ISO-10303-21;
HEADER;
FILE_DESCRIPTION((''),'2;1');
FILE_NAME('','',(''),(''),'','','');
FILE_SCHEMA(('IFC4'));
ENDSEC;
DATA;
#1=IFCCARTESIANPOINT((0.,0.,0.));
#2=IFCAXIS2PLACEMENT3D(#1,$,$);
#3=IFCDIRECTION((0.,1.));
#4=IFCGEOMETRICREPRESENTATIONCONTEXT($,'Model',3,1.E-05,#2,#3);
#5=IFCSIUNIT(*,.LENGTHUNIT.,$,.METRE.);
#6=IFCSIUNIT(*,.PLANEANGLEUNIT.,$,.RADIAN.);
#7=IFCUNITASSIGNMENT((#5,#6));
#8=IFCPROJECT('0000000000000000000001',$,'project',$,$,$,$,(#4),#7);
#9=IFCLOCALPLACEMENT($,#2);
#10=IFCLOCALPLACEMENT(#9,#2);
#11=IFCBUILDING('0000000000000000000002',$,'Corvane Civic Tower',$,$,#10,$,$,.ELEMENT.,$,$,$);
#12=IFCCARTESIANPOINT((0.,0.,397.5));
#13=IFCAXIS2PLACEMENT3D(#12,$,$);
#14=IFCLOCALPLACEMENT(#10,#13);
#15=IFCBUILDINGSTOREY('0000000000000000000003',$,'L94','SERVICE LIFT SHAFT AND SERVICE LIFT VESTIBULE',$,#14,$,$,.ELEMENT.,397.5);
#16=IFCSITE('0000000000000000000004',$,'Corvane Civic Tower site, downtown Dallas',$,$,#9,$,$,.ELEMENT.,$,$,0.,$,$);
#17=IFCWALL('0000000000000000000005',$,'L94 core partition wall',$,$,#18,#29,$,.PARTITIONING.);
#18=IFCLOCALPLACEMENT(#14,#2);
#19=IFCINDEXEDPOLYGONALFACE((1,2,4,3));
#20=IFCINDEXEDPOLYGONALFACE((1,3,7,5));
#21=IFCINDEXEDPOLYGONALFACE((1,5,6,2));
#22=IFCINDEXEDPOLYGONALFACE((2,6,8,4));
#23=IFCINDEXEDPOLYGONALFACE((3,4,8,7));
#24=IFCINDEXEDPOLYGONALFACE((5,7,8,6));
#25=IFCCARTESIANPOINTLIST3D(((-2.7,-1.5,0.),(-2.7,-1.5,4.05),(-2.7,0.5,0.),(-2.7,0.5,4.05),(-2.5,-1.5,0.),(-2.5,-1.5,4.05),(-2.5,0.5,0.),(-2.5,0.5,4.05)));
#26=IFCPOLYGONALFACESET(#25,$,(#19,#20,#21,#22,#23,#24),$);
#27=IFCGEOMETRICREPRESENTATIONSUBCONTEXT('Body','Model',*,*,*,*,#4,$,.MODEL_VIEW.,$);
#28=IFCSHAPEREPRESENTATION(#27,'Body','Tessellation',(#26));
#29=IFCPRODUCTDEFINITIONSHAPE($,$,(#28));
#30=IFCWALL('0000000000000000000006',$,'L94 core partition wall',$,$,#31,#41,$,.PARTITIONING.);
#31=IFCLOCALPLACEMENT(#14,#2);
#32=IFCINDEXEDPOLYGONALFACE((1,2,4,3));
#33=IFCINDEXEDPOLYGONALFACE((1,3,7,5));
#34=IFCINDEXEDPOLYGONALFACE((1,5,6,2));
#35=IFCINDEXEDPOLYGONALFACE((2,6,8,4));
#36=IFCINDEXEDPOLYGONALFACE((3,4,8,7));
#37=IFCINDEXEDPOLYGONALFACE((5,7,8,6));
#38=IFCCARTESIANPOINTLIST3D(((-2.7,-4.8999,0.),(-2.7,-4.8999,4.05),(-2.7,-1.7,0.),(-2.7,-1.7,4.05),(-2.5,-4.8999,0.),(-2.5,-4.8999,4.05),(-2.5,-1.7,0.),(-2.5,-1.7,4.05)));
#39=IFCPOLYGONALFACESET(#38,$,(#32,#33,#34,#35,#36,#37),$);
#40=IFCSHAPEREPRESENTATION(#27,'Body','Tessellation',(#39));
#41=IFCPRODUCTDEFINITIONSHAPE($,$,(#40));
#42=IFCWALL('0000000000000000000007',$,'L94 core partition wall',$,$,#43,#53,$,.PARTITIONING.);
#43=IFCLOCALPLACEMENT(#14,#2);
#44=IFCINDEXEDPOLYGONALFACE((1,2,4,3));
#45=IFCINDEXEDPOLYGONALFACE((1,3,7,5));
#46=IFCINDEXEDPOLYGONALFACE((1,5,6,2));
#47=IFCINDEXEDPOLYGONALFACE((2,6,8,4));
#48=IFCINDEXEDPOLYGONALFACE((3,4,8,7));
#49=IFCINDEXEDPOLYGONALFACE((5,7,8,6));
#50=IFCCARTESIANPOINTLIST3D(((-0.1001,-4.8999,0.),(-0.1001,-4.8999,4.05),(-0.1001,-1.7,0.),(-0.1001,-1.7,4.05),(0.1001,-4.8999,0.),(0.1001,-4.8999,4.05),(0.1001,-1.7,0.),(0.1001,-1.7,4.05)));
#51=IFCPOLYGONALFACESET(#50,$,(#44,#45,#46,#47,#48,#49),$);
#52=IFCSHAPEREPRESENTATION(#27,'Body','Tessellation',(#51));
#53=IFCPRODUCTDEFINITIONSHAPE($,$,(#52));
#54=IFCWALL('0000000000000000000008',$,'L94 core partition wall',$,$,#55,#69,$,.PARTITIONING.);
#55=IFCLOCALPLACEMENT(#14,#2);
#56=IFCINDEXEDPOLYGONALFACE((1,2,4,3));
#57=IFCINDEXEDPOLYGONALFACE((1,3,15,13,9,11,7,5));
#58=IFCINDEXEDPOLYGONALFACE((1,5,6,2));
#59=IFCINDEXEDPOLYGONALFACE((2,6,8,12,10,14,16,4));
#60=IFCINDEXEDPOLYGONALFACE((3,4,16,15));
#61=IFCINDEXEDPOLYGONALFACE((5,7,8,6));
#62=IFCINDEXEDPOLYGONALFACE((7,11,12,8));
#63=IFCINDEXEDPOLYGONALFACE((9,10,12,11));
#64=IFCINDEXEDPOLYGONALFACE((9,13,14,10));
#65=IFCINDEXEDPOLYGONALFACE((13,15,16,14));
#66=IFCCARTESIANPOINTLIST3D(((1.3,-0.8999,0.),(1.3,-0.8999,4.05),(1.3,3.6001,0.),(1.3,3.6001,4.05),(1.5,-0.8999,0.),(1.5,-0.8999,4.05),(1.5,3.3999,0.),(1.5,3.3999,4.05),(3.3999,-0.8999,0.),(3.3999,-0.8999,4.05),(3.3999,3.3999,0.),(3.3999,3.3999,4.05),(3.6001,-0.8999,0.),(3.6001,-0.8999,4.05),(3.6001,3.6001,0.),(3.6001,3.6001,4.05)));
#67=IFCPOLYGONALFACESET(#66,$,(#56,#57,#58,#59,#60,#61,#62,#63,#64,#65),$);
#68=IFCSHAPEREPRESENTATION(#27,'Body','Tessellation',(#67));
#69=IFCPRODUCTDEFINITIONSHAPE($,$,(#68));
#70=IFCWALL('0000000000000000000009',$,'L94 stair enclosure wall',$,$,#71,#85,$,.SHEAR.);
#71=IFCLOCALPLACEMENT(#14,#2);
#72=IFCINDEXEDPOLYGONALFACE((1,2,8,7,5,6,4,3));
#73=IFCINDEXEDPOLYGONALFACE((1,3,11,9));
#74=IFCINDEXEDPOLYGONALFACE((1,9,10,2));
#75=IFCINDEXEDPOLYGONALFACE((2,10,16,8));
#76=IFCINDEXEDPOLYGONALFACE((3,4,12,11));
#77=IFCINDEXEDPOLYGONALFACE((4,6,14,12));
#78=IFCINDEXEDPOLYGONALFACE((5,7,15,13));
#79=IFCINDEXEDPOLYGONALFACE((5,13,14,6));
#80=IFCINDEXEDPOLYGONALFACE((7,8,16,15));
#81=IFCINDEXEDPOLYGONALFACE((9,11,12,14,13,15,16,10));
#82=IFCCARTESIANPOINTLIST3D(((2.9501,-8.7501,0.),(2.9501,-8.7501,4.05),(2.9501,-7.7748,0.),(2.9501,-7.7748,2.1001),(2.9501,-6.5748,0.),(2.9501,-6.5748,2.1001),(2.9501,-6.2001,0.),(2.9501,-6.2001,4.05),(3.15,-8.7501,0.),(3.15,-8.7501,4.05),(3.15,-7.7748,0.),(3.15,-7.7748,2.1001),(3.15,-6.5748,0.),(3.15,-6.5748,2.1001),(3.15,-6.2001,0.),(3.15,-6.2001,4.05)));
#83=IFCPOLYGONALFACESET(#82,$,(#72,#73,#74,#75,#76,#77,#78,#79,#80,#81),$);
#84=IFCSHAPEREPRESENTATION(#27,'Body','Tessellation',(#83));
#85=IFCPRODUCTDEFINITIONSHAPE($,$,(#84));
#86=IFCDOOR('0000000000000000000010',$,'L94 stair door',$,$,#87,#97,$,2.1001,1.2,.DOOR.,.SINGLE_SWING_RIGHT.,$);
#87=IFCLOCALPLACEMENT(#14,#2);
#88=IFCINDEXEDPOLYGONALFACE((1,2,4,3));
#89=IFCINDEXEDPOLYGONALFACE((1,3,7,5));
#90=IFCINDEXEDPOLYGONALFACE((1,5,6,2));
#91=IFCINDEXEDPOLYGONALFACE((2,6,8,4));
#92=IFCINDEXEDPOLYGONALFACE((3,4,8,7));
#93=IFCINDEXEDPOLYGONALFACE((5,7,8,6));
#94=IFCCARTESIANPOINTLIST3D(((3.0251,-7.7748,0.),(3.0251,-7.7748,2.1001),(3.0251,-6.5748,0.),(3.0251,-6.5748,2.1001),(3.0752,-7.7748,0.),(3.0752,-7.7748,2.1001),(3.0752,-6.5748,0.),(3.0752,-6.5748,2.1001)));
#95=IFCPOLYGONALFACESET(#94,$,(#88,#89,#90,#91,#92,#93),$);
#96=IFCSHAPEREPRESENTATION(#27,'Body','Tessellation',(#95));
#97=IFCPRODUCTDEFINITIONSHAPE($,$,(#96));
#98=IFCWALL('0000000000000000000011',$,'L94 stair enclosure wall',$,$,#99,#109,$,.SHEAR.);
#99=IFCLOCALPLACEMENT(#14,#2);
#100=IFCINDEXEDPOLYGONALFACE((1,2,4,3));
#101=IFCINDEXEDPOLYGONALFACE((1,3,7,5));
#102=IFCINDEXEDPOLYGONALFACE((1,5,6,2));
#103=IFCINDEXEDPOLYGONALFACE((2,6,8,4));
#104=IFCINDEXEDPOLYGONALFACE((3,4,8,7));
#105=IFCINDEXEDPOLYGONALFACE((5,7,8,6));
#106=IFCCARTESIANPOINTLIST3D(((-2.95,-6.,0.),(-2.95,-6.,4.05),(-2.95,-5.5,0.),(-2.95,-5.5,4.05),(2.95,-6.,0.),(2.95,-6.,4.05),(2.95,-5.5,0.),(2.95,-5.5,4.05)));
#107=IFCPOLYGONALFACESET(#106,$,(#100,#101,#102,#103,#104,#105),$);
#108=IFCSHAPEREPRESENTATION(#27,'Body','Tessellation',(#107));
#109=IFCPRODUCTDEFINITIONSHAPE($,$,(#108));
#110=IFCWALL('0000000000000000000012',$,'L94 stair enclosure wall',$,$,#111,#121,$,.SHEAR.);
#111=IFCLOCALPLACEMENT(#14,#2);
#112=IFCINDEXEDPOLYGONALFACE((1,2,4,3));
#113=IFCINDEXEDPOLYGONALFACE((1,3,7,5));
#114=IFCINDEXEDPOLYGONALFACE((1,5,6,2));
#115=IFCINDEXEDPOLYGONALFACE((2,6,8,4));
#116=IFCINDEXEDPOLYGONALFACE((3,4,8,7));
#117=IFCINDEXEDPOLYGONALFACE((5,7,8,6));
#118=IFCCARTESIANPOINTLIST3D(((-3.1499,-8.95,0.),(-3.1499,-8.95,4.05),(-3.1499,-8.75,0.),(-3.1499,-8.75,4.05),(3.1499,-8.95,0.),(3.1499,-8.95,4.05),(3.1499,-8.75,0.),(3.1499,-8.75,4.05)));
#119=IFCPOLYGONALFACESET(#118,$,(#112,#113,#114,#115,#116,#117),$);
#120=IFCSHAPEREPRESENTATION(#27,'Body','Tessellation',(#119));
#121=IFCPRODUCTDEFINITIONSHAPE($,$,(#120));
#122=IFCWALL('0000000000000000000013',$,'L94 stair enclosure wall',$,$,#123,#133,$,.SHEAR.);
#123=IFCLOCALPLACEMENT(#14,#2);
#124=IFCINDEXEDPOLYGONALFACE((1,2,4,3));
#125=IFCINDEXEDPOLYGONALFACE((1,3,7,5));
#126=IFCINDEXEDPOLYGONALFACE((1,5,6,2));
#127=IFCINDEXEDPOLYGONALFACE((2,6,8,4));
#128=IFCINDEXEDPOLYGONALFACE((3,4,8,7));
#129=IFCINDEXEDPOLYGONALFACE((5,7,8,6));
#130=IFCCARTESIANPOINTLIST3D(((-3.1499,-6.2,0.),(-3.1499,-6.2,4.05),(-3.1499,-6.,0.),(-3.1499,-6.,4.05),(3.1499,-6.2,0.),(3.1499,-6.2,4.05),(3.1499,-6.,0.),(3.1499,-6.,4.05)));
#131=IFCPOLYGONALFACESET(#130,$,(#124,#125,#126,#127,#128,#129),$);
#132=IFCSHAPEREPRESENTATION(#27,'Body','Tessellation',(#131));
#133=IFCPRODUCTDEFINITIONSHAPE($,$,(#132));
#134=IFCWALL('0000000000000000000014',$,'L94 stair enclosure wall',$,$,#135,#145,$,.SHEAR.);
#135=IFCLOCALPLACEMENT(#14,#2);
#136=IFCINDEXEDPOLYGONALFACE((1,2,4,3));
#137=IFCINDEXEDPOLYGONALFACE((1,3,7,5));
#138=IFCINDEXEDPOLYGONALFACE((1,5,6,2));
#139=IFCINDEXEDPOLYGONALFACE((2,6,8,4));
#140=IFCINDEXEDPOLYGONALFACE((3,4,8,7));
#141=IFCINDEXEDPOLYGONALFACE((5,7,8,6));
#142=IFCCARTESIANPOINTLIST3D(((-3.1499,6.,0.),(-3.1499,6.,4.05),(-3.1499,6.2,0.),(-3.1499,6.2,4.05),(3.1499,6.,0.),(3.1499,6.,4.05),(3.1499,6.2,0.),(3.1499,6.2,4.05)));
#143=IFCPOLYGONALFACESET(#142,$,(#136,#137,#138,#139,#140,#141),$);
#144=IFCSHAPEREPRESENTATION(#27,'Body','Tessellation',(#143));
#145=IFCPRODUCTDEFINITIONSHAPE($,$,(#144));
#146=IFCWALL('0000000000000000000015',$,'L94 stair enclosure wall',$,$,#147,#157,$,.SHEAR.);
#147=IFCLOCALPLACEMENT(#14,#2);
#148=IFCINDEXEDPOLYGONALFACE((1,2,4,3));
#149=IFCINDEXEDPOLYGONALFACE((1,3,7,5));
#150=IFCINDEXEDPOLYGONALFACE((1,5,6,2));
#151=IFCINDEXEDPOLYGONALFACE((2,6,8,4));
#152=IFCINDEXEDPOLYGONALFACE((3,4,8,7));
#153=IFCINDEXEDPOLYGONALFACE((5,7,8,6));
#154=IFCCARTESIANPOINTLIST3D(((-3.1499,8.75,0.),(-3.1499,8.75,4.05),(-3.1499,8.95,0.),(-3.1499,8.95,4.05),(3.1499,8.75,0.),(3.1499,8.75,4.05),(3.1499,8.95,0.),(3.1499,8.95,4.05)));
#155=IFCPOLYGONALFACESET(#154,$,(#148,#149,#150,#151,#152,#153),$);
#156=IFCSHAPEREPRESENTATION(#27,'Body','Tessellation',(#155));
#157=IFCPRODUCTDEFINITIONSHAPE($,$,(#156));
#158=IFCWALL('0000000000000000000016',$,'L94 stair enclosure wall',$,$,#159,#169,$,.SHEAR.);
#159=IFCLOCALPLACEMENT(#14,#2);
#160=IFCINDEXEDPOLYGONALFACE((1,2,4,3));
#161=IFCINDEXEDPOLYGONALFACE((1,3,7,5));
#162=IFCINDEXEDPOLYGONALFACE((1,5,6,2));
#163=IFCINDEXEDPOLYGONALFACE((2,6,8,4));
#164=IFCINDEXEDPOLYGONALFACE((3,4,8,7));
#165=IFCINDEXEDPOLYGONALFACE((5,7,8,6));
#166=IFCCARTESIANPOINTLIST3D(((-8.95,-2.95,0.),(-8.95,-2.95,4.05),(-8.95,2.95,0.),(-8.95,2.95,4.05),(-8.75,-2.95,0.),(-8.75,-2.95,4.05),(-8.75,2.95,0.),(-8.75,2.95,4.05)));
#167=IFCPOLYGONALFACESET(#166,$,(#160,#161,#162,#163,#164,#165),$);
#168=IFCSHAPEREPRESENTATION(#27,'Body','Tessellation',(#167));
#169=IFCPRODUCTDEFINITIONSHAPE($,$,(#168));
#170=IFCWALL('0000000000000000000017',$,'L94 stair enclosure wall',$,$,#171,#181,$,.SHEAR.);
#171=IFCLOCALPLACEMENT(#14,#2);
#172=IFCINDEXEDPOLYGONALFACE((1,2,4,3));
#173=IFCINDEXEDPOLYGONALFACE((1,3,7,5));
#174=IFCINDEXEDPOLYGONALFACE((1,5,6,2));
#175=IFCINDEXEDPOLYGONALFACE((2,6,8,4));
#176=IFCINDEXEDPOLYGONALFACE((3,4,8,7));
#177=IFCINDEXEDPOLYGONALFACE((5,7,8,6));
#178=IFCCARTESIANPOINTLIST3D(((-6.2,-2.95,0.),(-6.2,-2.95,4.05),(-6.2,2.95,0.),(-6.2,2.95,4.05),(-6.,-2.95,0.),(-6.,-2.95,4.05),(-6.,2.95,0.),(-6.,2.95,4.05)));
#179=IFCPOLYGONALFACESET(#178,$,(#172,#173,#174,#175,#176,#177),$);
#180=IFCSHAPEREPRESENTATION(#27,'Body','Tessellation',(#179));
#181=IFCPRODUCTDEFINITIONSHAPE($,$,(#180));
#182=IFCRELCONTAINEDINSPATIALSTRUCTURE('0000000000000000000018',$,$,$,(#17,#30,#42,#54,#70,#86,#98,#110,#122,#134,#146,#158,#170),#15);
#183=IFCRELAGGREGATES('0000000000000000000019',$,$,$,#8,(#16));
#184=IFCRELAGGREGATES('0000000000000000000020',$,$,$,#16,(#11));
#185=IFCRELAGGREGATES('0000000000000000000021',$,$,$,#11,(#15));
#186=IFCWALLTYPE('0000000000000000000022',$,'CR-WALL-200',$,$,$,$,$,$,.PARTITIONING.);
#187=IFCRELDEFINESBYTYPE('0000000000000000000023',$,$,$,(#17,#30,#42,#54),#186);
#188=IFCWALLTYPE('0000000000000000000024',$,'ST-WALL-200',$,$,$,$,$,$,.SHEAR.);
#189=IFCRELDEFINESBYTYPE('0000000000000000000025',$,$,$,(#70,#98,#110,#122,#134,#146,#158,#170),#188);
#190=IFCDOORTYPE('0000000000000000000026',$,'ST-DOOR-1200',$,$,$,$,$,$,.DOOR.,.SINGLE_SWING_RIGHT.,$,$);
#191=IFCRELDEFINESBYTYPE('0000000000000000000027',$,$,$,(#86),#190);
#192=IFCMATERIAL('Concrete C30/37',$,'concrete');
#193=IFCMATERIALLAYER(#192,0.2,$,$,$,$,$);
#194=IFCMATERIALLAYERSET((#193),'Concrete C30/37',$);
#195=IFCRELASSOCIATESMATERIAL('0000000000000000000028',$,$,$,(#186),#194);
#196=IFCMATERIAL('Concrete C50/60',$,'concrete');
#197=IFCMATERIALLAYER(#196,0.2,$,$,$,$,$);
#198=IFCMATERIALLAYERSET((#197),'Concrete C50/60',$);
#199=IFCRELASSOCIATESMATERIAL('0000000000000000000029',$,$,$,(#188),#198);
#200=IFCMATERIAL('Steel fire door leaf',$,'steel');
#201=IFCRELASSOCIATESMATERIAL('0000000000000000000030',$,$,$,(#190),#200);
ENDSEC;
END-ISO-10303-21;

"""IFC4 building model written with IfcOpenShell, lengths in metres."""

from ifc_helpers import new_model, si_unit, direction, frame, frame_2d, origin, place, context, subcontext, project, spatial, polyline, rectangle, outline, extrude, material, layer, layer_set, type_object, element, fill, save


model = new_model("IFC4")

# Units and contexts
model_context = context("Model", 3, precision=1e-05, world=origin(), true_north=direction((0.0, 1.0)))
body_context = subcontext(model_context, "Body", "Model", "MODEL_VIEW")
ifc_project = project(units=[si_unit("LENGTHUNIT", "METRE"), si_unit("PLANEANGLEUNIT", "RADIAN")], contexts=[model_context])

# Site, building, storey
site_placement = place(None, origin())
site = spatial("IfcSite", under=ifc_project, at=site_placement, Name="Corvane Civic Tower site, downtown Dallas", CompositionType="ELEMENT", RefElevation=0.0)
building_placement = place(site_placement, origin())
building = spatial("IfcBuilding", under=site, at=building_placement, Name="Corvane Civic Tower", CompositionType="ELEMENT")
storey_placement = place(building_placement, frame((0.0, 0.0, 397.5)))
storey = spatial("IfcBuildingStorey", under=building, at=storey_placement, Name="L94", Description="SERVICE LIFT SHAFT AND SERVICE LIFT VESTIBULE", CompositionType="ELEMENT", Elevation=397.5)

# Shared definitions
ifc_material_1 = material(Name="Concrete C30/37", Category="concrete")
ifc_layer_1 = layer(ifc_material_1, 0.2)
ifc_layer_set_1 = layer_set([ifc_layer_1], Name="Concrete C30/37")
wall_type_1 = type_object("IfcWallType", Name="CR-WALL-200", PredefinedType="PARTITIONING", material=ifc_layer_set_1)

# Walls
wall_1_placement = place(storey_placement, origin())
element("IfcWall", 1, at=wall_1_placement, inside=storey, type_object=wall_type_1, Name="L94 core partition wall", PredefinedType="PARTITIONING", context=body_context, shape_type="SweptSolid", body=[
    extrude(outline(polyline([(-2.5, -1.5), (-2.7, -1.5), (-2.7, 0.5), (-2.5, 0.5), (-2.5, -1.5)])), origin(), (0.0, 0.0, 1.0), 4.05),
])
wall_2_placement = place(storey_placement, origin())
element("IfcWall", 2, at=wall_2_placement, inside=storey, type_object=wall_type_1, Name="L94 core partition wall", PredefinedType="PARTITIONING", context=body_context, shape_type="SweptSolid", body=[
    extrude(outline(polyline([(-2.5, -4.8999), (-2.7, -4.8999), (-2.7, -1.7), (-2.5, -1.7), (-2.5, -4.8999)])), origin(), (0.0, 0.0, 1.0), 4.05),
])
wall_3_placement = place(storey_placement, origin())
element("IfcWall", 3, at=wall_3_placement, inside=storey, type_object=wall_type_1, Name="L94 core partition wall", PredefinedType="PARTITIONING", context=body_context, shape_type="SweptSolid", body=[
    extrude(outline(polyline([(-0.1001, -4.8999), (-0.1001, -1.7), (0.1001, -1.7), (0.1001, -4.8999), (-0.1001, -4.8999)])), origin(), (0.0, 0.0, 1.0), 4.05),
])
wall_4_placement = place(storey_placement, origin())
element("IfcWall", 4, at=wall_4_placement, inside=storey, type_object=wall_type_1, Name="L94 core partition wall", PredefinedType="PARTITIONING", context=body_context, shape_type="SweptSolid", body=[
    extrude(outline(polyline([(1.3, -0.8999), (1.3, 3.6001), (3.6001, 3.6001), (3.6001, -0.8999), (3.3999, -0.8999), (3.3999, 3.3999), (1.5, 3.3999), (1.5, -0.8999), (1.3, -0.8999)])), origin(), (0.0, 0.0, 1.0), 4.05),
])

# Wall, opening, door
ifc_material_2 = material(Name="Concrete C50/60", Category="concrete")
ifc_layer_2 = layer(ifc_material_2, 0.2)
ifc_layer_set_2 = layer_set([ifc_layer_2], Name="Concrete C50/60")
wall_type_2 = type_object("IfcWallType", Name="ST-WALL-200", PredefinedType="SHEAR", material=ifc_layer_set_2)
wall_5_placement = place(storey_placement, frame((3.05, -8.75, 0.0), z_axis=(0.0, 0.0, 1.0), x_axis=(0.0, 1.0, 0.0)))
wall_5 = element("IfcWall", 5, at=wall_5_placement, inside=storey, type_object=wall_type_2, Name="L94 stair enclosure wall", PredefinedType="SHEAR", context=body_context, shape_type="SweptSolid", body=[
    extrude(rectangle(XDim=2.55, YDim=0.2, at=frame_2d((1.2749, 0.0))), origin(), (0.0, 0.0, 1.0), 4.05),
])
opening_1_placement = place(wall_5_placement, frame((0.9751, 0.0, 0.0)))
opening_1 = element("IfcOpeningElement", 6, at=opening_1_placement, cuts=wall_5, PredefinedType="OPENING", context=body_context, shape_type="SweptSolid", body=[
    extrude(rectangle(XDim=1.2, YDim=2.1001, at=frame_2d((0.6001, 1.05))), frame((0.0, 0.1099, 0.0), z_axis=(0.0, -1.0, 0.0), x_axis=(1.0, 0.0, 0.0)), (0.0, 0.0, 1.0), 0.22),
])
ifc_material_3 = material(Name="Steel fire door leaf", Category="steel")
door_type_1 = type_object("IfcDoorType", Name="ST-DOOR-1200", OperationType="SINGLE_SWING_RIGHT", PredefinedType="DOOR", material=ifc_material_3)
door_1_placement = place(opening_1_placement, origin())
door_1 = element("IfcDoor", 7, at=door_1_placement, inside=storey, type_object=door_type_1, Name="L94 stair door", OperationType="SINGLE_SWING_RIGHT", OverallHeight=2.1001, OverallWidth=1.2, PredefinedType="DOOR", context=body_context, shape_type="SweptSolid", body=[
    extrude(rectangle(XDim=1.2, YDim=2.1001, at=frame_2d((0.6001, 1.05))), frame((0.0, 0.0249, 0.0), z_axis=(0.0, -1.0, 0.0), x_axis=(1.0, 0.0, 0.0)), (0.0, 0.0, 1.0), 0.05),
])
fill(opening_1, door_1)

# Walls
wall_6_placement = place(storey_placement, origin())
element("IfcWall", 8, at=wall_6_placement, inside=storey, type_object=wall_type_2, Name="L94 stair enclosure wall", PredefinedType="SHEAR", context=body_context, shape_type="SweptSolid", body=[
    extrude(outline(polyline([(2.95, -6.0), (2.95, -5.5), (-2.95, -5.5), (-2.95, -6.0), (2.95, -6.0)])), origin(), (0.0, 0.0, 1.0), 4.05),
])
wall_7_placement = place(storey_placement, origin())
element("IfcWall", 9, at=wall_7_placement, inside=storey, type_object=wall_type_2, Name="L94 stair enclosure wall", PredefinedType="SHEAR", context=body_context, shape_type="SweptSolid", body=[
    extrude(outline(polyline([(3.1499, -8.75), (3.1499, -8.95), (-3.1499, -8.95), (-3.1499, -8.75), (3.1499, -8.75)])), origin(), (0.0, 0.0, 1.0), 4.05),
])
wall_8_placement = place(storey_placement, origin())
element("IfcWall", 10, at=wall_8_placement, inside=storey, type_object=wall_type_2, Name="L94 stair enclosure wall", PredefinedType="SHEAR", context=body_context, shape_type="SweptSolid", body=[
    extrude(outline(polyline([(3.1499, -6.2), (-3.1499, -6.2), (-3.1499, -6.0), (3.1499, -6.0), (3.1499, -6.2)])), origin(), (0.0, 0.0, 1.0), 4.05),
])
wall_9_placement = place(storey_placement, origin())
element("IfcWall", 11, at=wall_9_placement, inside=storey, type_object=wall_type_2, Name="L94 stair enclosure wall", PredefinedType="SHEAR", context=body_context, shape_type="SweptSolid", body=[
    extrude(outline(polyline([(3.1499, 6.0), (-3.1499, 6.0), (-3.1499, 6.2), (3.1499, 6.2), (3.1499, 6.0)])), origin(), (0.0, 0.0, 1.0), 4.05),
])
wall_10_placement = place(storey_placement, origin())
element("IfcWall", 12, at=wall_10_placement, inside=storey, type_object=wall_type_2, Name="L94 stair enclosure wall", PredefinedType="SHEAR", context=body_context, shape_type="SweptSolid", body=[
    extrude(outline(polyline([(3.1499, 8.75), (-3.1499, 8.75), (-3.1499, 8.95), (3.1499, 8.95), (3.1499, 8.75)])), origin(), (0.0, 0.0, 1.0), 4.05),
])
wall_11_placement = place(storey_placement, origin())
element("IfcWall", 13, at=wall_11_placement, inside=storey, type_object=wall_type_2, Name="L94 stair enclosure wall", PredefinedType="SHEAR", context=body_context, shape_type="SweptSolid", body=[
    extrude(outline(polyline([(-8.75, 2.95), (-8.75, -2.95), (-8.95, -2.95), (-8.95, 2.95), (-8.75, 2.95)])), origin(), (0.0, 0.0, 1.0), 4.05),
])
wall_12_placement = place(storey_placement, origin())
element("IfcWall", 14, at=wall_12_placement, inside=storey, type_object=wall_type_2, Name="L94 stair enclosure wall", PredefinedType="SHEAR", context=body_context, shape_type="SweptSolid", body=[
    extrude(outline(polyline([(-6.0, 2.95), (-6.0, -2.95), (-6.2, -2.95), (-6.2, 2.95), (-6.0, 2.95)])), origin(), (0.0, 0.0, 1.0), 4.05),
])

save(model, "model.ifc")
